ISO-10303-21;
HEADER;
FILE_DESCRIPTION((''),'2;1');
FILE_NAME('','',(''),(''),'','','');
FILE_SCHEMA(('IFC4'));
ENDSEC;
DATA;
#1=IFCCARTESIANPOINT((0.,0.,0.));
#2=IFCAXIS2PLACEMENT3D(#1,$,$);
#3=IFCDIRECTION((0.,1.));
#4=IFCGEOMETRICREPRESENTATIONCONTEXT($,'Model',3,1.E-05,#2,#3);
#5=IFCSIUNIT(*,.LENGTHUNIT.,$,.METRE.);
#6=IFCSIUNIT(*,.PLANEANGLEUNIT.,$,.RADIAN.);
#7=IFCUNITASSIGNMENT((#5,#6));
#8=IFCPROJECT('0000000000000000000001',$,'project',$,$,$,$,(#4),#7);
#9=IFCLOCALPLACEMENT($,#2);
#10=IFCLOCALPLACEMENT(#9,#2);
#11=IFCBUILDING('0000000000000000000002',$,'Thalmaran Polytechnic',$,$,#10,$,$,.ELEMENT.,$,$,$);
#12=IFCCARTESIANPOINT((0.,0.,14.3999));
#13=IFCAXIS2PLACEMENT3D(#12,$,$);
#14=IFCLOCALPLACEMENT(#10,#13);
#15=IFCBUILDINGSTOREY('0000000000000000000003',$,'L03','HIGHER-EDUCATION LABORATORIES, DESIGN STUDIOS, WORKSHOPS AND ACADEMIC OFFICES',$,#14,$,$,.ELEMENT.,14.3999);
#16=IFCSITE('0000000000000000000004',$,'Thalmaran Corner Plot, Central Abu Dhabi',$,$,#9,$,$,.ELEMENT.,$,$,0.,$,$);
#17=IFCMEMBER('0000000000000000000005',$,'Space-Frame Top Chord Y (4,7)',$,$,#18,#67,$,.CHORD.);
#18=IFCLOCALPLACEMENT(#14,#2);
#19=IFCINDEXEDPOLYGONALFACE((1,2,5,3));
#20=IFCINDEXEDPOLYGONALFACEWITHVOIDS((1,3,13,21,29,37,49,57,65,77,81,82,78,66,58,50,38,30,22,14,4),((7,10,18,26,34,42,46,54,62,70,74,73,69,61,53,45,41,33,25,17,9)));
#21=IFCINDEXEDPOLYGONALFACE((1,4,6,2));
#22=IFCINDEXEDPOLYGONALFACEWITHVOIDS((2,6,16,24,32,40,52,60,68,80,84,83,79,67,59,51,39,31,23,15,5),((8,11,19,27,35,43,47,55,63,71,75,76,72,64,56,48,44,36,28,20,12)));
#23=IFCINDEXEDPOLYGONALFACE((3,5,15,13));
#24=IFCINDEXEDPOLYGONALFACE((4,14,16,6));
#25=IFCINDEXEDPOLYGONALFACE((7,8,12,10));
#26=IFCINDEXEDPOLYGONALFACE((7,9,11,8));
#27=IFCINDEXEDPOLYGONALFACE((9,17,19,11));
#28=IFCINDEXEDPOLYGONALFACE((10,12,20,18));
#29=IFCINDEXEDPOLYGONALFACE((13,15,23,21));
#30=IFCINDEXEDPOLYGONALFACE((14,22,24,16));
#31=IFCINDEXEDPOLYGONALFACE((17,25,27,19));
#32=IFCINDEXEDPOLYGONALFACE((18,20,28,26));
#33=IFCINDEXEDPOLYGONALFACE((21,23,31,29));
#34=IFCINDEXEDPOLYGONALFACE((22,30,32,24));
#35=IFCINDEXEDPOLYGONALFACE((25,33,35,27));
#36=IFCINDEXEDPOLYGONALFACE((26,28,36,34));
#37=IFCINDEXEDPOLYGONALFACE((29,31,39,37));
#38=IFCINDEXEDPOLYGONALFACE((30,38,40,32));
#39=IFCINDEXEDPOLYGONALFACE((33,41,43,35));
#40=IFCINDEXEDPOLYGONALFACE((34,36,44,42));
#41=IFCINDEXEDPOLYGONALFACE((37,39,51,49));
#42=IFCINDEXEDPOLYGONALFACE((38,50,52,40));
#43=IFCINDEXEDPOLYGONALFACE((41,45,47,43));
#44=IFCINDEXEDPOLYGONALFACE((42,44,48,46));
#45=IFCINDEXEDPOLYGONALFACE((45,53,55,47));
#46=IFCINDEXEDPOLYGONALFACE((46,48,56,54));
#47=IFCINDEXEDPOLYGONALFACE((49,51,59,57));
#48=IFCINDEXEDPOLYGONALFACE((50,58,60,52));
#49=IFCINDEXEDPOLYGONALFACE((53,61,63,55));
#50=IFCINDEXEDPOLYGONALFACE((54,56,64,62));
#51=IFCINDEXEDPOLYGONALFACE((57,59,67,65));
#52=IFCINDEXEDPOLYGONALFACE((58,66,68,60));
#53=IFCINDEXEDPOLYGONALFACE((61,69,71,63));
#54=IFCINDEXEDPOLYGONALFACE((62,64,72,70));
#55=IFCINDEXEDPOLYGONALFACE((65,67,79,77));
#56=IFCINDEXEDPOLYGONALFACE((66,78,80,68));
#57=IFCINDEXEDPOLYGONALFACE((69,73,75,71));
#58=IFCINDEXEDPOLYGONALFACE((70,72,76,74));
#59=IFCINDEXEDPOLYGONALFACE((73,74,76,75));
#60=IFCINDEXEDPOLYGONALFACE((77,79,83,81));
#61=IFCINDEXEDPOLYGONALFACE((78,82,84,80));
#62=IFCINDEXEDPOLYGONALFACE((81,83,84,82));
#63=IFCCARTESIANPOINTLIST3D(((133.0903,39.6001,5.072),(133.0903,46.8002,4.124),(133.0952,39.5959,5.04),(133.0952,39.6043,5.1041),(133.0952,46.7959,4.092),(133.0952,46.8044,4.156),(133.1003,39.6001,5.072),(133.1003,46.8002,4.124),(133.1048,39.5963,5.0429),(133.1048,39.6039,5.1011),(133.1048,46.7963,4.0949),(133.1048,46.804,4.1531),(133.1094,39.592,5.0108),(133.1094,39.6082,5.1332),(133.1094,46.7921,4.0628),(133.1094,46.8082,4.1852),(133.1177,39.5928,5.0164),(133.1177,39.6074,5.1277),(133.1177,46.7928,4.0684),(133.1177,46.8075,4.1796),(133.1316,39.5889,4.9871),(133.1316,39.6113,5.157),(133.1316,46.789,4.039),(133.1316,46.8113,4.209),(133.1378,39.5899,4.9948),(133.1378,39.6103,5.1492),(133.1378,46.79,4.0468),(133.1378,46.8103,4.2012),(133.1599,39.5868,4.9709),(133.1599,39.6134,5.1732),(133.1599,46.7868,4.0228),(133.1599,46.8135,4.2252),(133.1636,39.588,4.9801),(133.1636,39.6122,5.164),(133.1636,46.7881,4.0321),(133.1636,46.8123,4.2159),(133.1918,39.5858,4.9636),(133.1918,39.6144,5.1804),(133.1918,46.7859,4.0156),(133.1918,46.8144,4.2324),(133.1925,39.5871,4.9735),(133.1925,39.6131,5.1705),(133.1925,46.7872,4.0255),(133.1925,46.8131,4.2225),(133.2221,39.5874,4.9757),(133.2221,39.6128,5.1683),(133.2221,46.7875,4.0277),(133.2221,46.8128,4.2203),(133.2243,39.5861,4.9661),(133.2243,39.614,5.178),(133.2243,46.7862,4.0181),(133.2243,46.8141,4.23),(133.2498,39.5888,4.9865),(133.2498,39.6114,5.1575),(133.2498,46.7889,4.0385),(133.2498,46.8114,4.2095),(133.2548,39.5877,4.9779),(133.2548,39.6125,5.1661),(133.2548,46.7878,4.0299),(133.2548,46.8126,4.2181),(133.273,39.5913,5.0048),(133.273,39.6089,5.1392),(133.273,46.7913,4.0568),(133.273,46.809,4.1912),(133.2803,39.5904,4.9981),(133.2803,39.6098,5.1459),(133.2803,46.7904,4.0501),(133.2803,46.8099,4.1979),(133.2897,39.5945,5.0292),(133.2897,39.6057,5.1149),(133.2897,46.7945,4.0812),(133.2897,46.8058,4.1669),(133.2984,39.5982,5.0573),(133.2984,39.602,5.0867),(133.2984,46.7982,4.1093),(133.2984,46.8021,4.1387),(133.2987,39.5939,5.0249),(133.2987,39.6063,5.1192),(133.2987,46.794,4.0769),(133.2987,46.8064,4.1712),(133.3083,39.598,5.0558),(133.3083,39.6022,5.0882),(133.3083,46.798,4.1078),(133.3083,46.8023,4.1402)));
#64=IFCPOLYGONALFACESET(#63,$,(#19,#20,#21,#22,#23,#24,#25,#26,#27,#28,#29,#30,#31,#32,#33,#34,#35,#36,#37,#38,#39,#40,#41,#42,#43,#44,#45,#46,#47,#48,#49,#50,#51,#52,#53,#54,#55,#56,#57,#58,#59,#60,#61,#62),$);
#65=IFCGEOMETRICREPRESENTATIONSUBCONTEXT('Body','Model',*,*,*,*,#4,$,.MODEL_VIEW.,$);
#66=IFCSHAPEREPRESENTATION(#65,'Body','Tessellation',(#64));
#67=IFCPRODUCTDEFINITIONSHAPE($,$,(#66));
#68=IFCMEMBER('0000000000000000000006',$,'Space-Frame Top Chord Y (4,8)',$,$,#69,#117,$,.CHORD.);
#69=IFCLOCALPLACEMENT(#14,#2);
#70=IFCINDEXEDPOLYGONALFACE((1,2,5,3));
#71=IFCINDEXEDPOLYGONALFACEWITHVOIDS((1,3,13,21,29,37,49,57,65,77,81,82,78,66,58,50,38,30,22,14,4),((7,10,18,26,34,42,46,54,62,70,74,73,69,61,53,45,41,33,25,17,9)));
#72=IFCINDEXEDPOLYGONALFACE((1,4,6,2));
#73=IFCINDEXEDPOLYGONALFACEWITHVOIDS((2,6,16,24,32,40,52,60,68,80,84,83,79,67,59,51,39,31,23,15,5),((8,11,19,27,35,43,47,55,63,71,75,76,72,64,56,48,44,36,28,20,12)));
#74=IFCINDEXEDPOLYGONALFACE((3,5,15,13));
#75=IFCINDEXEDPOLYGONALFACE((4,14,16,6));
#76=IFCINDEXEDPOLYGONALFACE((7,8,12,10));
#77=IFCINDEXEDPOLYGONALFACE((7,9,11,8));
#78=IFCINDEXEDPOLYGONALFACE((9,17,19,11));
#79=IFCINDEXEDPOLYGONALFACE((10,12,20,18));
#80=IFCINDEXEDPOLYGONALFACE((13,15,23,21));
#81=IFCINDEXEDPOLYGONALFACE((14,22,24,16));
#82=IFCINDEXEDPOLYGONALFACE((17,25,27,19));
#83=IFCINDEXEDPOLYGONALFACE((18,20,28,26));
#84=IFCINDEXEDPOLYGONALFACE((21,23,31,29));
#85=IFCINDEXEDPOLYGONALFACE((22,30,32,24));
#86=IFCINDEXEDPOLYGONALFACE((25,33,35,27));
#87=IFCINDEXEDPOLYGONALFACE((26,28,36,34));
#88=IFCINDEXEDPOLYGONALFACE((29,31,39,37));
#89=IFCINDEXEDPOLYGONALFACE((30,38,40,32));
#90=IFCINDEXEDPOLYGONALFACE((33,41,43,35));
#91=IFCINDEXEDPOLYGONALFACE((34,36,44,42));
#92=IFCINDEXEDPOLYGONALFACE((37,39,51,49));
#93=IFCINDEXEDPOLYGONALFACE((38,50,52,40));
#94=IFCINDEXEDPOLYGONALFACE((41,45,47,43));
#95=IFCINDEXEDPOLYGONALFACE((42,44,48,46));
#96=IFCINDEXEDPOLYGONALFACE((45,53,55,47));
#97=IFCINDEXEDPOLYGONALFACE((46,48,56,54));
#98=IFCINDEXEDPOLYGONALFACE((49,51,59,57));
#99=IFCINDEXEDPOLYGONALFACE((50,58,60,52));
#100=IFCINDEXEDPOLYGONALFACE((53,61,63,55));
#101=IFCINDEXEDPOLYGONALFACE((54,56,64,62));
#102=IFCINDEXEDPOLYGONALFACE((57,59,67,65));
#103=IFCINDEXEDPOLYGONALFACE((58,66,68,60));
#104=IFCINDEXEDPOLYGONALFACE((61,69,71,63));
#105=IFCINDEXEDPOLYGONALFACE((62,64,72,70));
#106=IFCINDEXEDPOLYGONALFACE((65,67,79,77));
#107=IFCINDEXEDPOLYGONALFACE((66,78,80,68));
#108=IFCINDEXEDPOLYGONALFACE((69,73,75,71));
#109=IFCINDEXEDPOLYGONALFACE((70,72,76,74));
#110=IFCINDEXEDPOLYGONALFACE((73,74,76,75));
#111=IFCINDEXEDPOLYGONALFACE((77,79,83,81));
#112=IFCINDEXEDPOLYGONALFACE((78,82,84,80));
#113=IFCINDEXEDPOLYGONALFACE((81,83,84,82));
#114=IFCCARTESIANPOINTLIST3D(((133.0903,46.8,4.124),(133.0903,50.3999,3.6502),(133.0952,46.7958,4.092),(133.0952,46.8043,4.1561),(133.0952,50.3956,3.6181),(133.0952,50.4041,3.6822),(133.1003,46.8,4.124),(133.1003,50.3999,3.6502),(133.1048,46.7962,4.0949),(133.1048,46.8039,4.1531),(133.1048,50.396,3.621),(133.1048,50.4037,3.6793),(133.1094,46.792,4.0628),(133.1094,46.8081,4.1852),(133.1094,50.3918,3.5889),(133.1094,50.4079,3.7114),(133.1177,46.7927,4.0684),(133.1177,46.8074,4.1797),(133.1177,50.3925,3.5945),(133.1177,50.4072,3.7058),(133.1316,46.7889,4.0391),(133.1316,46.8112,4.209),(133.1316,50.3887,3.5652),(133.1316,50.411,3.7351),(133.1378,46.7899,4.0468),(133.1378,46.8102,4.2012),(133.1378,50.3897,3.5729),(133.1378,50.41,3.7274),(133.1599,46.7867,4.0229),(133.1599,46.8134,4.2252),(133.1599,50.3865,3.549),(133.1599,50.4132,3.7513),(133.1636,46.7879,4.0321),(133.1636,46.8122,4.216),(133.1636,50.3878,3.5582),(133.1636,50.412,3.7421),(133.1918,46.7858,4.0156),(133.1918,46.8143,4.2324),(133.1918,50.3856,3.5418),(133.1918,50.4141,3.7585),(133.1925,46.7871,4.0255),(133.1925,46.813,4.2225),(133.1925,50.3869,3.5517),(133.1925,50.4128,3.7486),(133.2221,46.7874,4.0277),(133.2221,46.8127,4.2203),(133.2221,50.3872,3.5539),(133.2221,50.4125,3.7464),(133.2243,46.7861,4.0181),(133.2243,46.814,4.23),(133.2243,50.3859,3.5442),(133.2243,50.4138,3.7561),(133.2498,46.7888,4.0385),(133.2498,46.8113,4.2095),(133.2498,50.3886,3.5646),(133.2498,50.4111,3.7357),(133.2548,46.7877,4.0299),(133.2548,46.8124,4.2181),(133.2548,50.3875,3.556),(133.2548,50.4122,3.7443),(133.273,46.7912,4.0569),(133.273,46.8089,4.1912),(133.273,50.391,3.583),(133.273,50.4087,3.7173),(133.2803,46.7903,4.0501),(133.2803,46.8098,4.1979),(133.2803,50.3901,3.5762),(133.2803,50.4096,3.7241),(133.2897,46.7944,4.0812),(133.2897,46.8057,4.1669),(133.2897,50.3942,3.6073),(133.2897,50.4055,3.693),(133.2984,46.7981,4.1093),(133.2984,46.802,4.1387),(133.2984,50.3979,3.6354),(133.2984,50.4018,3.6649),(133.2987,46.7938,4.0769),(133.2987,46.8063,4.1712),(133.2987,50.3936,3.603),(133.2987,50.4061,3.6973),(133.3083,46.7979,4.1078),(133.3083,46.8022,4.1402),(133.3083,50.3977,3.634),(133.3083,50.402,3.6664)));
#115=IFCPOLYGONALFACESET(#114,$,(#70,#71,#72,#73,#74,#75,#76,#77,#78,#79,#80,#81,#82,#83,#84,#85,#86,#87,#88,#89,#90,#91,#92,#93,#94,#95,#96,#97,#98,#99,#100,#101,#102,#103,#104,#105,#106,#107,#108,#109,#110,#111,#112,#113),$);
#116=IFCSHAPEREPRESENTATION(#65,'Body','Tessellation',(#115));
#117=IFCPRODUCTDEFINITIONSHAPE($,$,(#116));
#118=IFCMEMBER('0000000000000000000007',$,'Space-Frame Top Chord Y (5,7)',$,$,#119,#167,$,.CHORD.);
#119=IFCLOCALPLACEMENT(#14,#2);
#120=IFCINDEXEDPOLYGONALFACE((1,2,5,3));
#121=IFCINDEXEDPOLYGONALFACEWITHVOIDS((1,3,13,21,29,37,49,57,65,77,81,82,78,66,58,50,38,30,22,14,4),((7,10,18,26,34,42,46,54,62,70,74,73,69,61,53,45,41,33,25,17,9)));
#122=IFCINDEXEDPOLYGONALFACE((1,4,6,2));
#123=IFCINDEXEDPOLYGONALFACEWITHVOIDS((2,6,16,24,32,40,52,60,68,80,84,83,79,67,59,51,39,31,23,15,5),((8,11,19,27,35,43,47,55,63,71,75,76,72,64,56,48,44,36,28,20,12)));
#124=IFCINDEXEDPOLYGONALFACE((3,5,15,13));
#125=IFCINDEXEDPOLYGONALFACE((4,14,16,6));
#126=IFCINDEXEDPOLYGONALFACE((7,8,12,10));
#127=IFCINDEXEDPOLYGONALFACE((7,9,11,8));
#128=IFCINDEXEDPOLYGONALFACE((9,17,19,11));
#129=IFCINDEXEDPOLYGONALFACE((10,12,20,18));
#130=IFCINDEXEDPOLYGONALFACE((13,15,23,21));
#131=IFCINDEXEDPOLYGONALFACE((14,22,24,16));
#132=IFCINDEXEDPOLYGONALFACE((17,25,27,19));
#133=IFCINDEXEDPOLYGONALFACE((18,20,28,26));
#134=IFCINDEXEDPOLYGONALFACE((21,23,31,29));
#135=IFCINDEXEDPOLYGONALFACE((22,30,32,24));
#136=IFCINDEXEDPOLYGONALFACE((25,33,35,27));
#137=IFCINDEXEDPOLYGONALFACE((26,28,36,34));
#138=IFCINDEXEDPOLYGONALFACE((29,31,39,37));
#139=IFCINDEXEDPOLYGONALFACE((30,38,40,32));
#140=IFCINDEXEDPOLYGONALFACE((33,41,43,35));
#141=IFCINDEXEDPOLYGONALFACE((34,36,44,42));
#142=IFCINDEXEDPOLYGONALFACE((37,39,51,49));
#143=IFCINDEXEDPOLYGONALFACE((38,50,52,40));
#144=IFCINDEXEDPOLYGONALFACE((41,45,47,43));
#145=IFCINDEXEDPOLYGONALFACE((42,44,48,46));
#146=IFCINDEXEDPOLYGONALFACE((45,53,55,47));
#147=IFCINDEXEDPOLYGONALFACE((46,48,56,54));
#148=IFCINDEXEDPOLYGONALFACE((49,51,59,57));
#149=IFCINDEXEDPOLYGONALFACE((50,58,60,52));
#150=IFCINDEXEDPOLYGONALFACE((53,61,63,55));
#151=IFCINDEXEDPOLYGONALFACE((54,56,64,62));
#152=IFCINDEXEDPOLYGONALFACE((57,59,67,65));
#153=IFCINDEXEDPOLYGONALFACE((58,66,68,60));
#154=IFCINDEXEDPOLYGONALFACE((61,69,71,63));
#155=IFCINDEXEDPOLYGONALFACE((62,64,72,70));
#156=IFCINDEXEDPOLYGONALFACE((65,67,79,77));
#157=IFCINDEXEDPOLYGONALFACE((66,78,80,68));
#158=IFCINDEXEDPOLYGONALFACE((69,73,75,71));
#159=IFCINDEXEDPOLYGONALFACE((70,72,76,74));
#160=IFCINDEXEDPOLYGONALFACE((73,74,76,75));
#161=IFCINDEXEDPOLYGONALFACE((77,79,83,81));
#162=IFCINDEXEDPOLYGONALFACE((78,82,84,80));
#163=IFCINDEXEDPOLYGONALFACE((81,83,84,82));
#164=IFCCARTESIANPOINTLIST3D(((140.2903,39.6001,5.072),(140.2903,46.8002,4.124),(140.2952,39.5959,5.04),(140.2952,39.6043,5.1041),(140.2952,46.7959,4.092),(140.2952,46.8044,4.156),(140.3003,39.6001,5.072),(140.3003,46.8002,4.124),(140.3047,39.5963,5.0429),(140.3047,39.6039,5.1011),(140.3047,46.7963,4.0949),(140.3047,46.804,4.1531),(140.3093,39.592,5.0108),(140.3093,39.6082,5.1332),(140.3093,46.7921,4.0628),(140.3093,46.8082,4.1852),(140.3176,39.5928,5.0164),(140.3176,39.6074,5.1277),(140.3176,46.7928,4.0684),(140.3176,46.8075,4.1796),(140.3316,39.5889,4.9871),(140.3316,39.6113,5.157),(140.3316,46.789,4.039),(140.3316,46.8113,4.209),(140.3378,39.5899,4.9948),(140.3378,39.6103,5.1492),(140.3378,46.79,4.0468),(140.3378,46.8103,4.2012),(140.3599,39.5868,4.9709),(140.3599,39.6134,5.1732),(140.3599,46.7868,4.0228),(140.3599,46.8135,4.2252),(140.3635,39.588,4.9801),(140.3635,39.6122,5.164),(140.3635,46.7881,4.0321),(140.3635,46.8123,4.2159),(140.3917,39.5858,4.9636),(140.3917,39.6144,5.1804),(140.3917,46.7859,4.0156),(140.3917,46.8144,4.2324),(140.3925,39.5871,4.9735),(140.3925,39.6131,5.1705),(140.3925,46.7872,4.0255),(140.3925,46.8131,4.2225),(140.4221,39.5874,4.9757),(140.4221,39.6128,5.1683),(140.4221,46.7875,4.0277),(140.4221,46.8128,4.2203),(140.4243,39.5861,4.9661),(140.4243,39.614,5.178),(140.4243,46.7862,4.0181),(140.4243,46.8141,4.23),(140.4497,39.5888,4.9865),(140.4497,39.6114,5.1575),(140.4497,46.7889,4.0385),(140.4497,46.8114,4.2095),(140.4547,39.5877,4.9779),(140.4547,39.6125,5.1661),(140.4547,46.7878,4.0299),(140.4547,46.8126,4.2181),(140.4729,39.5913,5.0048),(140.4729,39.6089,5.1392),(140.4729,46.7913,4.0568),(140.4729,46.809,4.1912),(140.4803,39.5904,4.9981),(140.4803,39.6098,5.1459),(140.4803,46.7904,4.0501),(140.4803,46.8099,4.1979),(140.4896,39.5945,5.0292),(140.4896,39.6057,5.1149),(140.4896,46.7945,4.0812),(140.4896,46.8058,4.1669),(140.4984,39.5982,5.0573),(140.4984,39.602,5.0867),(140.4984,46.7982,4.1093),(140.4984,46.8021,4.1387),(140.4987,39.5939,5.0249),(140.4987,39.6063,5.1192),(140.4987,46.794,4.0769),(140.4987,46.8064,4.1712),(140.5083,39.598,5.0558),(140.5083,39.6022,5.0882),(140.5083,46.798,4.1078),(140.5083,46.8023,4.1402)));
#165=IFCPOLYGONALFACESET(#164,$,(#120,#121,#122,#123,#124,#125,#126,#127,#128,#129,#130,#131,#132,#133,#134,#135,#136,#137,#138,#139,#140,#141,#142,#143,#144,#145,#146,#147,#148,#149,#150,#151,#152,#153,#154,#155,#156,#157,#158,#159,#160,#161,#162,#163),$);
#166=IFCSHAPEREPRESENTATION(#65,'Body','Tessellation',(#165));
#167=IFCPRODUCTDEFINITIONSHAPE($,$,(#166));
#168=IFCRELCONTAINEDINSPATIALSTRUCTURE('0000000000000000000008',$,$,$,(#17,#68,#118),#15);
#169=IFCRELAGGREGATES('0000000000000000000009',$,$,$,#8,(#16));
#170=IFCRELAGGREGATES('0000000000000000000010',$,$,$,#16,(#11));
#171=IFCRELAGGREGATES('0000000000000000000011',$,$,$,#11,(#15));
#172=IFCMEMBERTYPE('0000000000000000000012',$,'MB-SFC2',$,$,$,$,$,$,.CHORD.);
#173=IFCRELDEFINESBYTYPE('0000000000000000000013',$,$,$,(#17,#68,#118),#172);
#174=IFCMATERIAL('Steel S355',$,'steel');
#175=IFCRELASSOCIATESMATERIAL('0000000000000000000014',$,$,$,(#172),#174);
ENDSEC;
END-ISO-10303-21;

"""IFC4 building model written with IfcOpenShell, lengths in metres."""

from ifc_helpers import new_model, si_unit, direction, frame, origin, origin_2d, place, context, subcontext, project, spatial, hollow_circle, extrude, material, material_profile, profile_set, type_object, element, save


model = new_model("IFC4")

# Units and contexts
model_context = context("Model", 3, precision=1e-05, world=origin(), true_north=direction((0.0, 1.0)))
body_context = subcontext(model_context, "Body", "Model", "MODEL_VIEW")
ifc_project = project(units=[si_unit("LENGTHUNIT", "METRE"), si_unit("PLANEANGLEUNIT", "RADIAN")], contexts=[model_context])

# Site, building, storey
site_placement = place(None, origin())
site = spatial("IfcSite", under=ifc_project, at=site_placement, Name="Thalmaran Corner Plot, Central Abu Dhabi", CompositionType="ELEMENT", RefElevation=0.0)
building_placement = place(site_placement, origin())
building = spatial("IfcBuilding", under=site, at=building_placement, Name="Thalmaran Polytechnic", CompositionType="ELEMENT")
storey_placement = place(building_placement, frame((0.0, 0.0, 14.3999)))
storey = spatial("IfcBuildingStorey", under=building, at=storey_placement, Name="L03", Description="HIGHER-EDUCATION LABORATORIES, DESIGN STUDIOS, WORKSHOPS AND ACADEMIC OFFICES", CompositionType="ELEMENT", Elevation=14.3999)

# Members
ifc_material = material(Name="Steel S355", Category="steel")
ifc_material_profile_1 = material_profile(ifc_material, hollow_circle(Radius=0.1096, WallThickness=0.01, at=origin_2d()), Name="CHS 219.1x10.0")
ifc_profile_set_1 = profile_set([ifc_material_profile_1], Name="Steel S355")
member_type_1 = type_object("IfcMemberType", Name="MB-SFC2", PredefinedType="CHORD", material=ifc_profile_set_1)
member_1_placement = place(storey_placement, frame((133.2, 39.6001, 5.072), z_axis=(0.0, 0.991443, -0.130541), x_axis=(-1.0, 0.0, 0.0)))
element("IfcMember", 1, at=member_1_placement, inside=storey, type_object=member_type_1, Name="Space-Frame Top Chord Y (4,7)", PredefinedType="CHORD", context=body_context, shape_type="SweptSolid", body=[
    extrude(hollow_circle(Radius=0.1096, WallThickness=0.01, at=origin_2d()), origin(), (0.0, 0.0, 1.0), 7.2622),
])
member_2_placement = place(storey_placement, frame((133.2, 46.8, 4.124), z_axis=(0.0, 0.991447, -0.130512), x_axis=(-1.0, 0.0, 0.0)))
element("IfcMember", 2, at=member_2_placement, inside=storey, type_object=member_type_1, Name="Space-Frame Top Chord Y (4,8)", PredefinedType="CHORD", context=body_context, shape_type="SweptSolid", body=[
    extrude(hollow_circle(Radius=0.1096, WallThickness=0.01, at=origin_2d()), origin(), (0.0, 0.0, 1.0), 3.6309),
])
member_3_placement = place(storey_placement, frame((140.3999, 39.6001, 5.072), z_axis=(0.0, 0.991443, -0.130541), x_axis=(-1.0, 0.0, 0.0)))
element("IfcMember", 3, at=member_3_placement, inside=storey, type_object=member_type_1, Name="Space-Frame Top Chord Y (5,7)", PredefinedType="CHORD", context=body_context, shape_type="SweptSolid", body=[
    extrude(hollow_circle(Radius=0.1096, WallThickness=0.01, at=origin_2d()), origin(), (0.0, 0.0, 1.0), 7.2622),
])

save(model, "model.ifc")
